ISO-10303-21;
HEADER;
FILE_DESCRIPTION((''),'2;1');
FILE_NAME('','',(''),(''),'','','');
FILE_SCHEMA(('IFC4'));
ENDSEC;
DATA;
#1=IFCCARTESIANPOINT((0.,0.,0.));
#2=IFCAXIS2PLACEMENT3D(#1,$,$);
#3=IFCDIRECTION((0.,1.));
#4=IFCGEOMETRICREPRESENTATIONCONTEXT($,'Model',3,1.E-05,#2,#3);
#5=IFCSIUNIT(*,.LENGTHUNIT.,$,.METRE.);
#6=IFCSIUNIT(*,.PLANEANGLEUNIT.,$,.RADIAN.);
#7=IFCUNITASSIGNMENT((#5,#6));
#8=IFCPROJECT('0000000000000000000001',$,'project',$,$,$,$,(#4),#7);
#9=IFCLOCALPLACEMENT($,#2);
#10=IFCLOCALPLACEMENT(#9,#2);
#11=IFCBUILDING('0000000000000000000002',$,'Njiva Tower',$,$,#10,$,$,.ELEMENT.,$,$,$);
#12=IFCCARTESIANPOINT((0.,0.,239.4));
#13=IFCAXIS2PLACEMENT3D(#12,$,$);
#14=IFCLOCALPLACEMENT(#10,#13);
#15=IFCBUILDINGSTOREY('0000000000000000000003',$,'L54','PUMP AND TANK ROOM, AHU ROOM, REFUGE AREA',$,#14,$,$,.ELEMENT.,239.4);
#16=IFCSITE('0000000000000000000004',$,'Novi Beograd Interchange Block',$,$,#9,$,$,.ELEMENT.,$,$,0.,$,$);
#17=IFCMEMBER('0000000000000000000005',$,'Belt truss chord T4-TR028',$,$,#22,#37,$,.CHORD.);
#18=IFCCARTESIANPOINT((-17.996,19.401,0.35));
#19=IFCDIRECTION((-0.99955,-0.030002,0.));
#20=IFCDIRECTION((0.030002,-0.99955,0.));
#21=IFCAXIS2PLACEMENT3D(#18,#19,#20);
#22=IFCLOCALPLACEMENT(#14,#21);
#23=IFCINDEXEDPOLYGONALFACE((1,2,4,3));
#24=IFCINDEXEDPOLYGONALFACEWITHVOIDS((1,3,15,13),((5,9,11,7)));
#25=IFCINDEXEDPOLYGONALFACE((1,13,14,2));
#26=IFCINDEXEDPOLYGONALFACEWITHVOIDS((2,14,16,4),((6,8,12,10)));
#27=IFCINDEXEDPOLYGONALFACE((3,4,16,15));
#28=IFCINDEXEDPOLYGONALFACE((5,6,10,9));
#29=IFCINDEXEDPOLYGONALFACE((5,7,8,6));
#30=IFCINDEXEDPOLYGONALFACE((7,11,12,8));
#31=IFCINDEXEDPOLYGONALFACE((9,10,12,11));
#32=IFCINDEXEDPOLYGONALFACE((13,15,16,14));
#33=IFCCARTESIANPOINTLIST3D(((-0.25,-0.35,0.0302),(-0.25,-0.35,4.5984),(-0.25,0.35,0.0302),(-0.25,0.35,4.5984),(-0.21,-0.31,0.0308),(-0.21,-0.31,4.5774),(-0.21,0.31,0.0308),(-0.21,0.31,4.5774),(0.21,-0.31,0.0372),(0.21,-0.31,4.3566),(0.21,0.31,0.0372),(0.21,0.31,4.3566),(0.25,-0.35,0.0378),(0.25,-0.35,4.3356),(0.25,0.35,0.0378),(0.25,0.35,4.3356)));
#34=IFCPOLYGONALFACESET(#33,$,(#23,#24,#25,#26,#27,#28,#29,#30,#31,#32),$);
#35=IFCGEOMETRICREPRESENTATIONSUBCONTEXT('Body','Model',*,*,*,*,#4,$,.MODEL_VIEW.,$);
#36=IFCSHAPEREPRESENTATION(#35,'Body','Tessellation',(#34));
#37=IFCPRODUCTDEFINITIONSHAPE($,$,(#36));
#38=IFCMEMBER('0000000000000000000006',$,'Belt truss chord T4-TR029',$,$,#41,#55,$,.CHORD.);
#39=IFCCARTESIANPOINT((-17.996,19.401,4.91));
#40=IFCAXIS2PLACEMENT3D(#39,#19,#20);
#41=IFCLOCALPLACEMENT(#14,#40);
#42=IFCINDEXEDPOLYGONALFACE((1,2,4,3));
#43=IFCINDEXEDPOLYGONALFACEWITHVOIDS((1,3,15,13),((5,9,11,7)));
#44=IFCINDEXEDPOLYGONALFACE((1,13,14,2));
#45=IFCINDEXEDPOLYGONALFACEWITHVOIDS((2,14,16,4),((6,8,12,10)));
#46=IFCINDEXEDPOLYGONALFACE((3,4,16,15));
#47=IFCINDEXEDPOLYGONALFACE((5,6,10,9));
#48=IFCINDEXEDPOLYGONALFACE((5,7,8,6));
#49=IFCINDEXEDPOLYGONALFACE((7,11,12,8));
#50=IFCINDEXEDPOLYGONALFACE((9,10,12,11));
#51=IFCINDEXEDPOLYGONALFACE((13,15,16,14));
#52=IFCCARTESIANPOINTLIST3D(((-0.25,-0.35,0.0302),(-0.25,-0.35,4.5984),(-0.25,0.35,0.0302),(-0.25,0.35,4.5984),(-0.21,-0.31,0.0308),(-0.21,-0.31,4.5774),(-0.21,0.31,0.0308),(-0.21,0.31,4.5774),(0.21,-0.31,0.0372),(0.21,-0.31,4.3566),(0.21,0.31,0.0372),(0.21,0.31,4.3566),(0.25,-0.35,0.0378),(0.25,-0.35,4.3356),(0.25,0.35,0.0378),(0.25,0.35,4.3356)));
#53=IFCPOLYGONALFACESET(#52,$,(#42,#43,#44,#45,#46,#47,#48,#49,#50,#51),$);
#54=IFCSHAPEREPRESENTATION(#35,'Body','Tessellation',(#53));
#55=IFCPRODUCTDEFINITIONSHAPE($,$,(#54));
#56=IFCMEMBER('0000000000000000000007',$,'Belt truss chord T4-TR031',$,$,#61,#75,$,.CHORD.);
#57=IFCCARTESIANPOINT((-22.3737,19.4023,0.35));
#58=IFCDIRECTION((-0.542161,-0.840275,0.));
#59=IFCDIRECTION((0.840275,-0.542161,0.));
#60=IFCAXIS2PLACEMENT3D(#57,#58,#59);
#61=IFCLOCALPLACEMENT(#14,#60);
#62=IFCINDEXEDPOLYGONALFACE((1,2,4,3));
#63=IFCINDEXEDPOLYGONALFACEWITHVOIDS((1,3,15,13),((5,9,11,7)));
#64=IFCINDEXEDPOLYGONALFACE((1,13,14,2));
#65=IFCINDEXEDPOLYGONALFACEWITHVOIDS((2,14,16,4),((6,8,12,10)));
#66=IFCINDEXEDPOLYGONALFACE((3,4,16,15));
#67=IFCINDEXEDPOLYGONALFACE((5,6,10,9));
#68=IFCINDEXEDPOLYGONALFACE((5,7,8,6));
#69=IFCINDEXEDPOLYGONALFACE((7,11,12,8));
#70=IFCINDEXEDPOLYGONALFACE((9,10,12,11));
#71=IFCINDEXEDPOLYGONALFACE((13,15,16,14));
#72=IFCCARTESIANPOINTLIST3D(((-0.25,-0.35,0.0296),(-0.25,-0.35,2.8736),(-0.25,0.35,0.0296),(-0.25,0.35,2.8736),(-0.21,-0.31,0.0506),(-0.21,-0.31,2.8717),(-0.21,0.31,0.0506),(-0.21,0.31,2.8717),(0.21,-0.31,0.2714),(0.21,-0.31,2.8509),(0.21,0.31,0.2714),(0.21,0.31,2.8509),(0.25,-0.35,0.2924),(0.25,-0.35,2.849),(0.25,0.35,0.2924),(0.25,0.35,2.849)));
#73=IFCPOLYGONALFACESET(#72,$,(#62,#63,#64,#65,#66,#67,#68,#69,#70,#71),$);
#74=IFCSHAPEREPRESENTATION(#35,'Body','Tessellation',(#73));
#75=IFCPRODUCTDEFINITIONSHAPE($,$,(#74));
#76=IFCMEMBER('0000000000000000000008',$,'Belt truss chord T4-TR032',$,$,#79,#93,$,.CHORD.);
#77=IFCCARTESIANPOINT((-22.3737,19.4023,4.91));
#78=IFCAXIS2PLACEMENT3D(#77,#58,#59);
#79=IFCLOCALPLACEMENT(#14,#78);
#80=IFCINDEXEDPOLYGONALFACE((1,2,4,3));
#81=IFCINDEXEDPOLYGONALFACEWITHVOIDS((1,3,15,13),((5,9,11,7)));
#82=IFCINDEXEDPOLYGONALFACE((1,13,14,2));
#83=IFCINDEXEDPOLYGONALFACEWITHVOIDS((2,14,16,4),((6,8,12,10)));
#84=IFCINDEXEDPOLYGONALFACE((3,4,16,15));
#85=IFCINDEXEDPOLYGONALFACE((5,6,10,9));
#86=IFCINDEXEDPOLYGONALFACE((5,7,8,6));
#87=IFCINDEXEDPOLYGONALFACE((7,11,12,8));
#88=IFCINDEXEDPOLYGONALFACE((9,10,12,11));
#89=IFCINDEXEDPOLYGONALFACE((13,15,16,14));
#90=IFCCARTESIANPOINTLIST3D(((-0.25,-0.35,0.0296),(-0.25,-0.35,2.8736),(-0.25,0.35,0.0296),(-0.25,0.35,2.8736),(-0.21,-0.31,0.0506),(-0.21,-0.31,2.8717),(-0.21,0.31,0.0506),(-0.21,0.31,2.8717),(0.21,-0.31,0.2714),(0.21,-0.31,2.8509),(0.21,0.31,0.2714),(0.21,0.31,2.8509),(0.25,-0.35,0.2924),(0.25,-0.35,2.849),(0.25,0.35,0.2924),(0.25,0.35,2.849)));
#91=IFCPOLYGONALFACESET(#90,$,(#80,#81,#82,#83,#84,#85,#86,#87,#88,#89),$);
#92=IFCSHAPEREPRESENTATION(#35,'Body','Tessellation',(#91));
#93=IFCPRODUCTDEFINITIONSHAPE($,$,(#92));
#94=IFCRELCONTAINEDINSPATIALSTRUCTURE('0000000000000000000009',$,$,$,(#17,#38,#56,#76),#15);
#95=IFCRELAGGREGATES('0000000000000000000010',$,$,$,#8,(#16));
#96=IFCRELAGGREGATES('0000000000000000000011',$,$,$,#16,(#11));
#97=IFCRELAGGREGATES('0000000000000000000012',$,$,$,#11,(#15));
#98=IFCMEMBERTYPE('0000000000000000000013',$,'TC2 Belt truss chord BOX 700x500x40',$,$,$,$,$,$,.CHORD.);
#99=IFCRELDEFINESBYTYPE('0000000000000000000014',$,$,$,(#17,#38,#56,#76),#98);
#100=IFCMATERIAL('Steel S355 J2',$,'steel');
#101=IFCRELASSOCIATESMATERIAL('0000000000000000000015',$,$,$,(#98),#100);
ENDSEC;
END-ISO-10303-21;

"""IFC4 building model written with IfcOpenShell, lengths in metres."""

from ifc_helpers import new_model, si_unit, direction, frame, origin, origin_2d, place, context, subcontext, project, spatial, hollow_rectangle, extrude, clip, halfspace, material, material_profile, profile_set, type_object, element, save


model = new_model("IFC4")

# Units and contexts
model_context = context("Model", 3, precision=1e-05, world=origin(), true_north=direction((0.0, 1.0)))
body_context = subcontext(model_context, "Body", "Model", "MODEL_VIEW")
ifc_project = project(units=[si_unit("LENGTHUNIT", "METRE"), si_unit("PLANEANGLEUNIT", "RADIAN")], contexts=[model_context])

# Site, building, storey
site_placement = place(None, origin())
site = spatial("IfcSite", under=ifc_project, at=site_placement, Name="Novi Beograd Interchange Block", CompositionType="ELEMENT", RefElevation=0.0)
building_placement = place(site_placement, origin())
building = spatial("IfcBuilding", under=site, at=building_placement, Name="Njiva Tower", CompositionType="ELEMENT")
storey_placement = place(building_placement, frame((0.0, 0.0, 239.4)))
storey = spatial("IfcBuildingStorey", under=building, at=storey_placement, Name="L54", Description="PUMP AND TANK ROOM, AHU ROOM, REFUGE AREA", CompositionType="ELEMENT", Elevation=239.4)

# Shared definitions
ifc_material_1 = material(Name="Steel S355 J2", Category="steel")

# Members
ifc_material_profile_1 = material_profile(ifc_material_1, hollow_rectangle(XDim=0.5, YDim=0.7, WallThickness=0.04, at=origin_2d()), Name="BOX 700x500x40")
ifc_profile_set_1 = profile_set([ifc_material_profile_1], Name="Steel S355 J2")
member_type_1 = type_object("IfcMemberType", Name="TC2 Belt truss chord BOX 700x500x40", PredefinedType="CHORD", material=ifc_profile_set_1)
member_1_placement = place(storey_placement, frame((-17.996, 19.401, 0.35), z_axis=(-0.99955, -0.030002, 0.0), x_axis=(0.030002, -0.99955, 0.0)))
element("IfcMember", 1, at=member_1_placement, inside=storey, type_object=member_type_1, Name="Belt truss chord T4-TR028", PredefinedType="CHORD", context=body_context, shape_type="Clipping", body=[
    clip(clip(extrude(hollow_rectangle(XDim=0.5, YDim=0.7, WallThickness=0.04, at=origin_2d()), origin(), (0.0, 0.0, 1.0), 4.628), halfspace(frame((0.0, -239.75, 0.034), z_axis=(0.015006, 0.0, -0.999887), x_axis=(0.0, -1.0, 0.0)), False)), halfspace(frame((0.0, -239.75, 4.467), z_axis=(0.465233, 0.0, 0.885188), x_axis=(0.0, 1.0, 0.0)), False)),
])
member_2_placement = place(storey_placement, frame((-17.996, 19.401, 4.91), z_axis=(-0.99955, -0.030002, 0.0), x_axis=(0.030002, -0.99955, 0.0)))
element("IfcMember", 2, at=member_2_placement, inside=storey, type_object=member_type_1, Name="Belt truss chord T4-TR029", PredefinedType="CHORD", context=body_context, shape_type="Clipping", body=[
    clip(clip(extrude(hollow_rectangle(XDim=0.5, YDim=0.7, WallThickness=0.04, at=origin_2d()), origin(), (0.0, 0.0, 1.0), 4.628), halfspace(frame((0.0, -244.31, 0.034), z_axis=(0.015006, 0.0, -0.999887), x_axis=(0.0, -1.0, 0.0)), False)), halfspace(frame((0.0, -244.31, 4.467), z_axis=(0.465233, 0.0, 0.885188), x_axis=(0.0, 1.0, 0.0)), False)),
])
member_3_placement = place(storey_placement, frame((-22.3737, 19.4023, 0.35), z_axis=(-0.542161, -0.840275, 0.0), x_axis=(0.840275, -0.542161, 0.0)))
element("IfcMember", 3, at=member_3_placement, inside=storey, type_object=member_type_1, Name="Belt truss chord T4-TR031", PredefinedType="CHORD", context=body_context, shape_type="Clipping", body=[
    clip(clip(extrude(hollow_rectangle(XDim=0.5, YDim=0.7, WallThickness=0.04, at=origin_2d()), origin(), (0.0, 0.0, 1.0), 2.9033), halfspace(frame((0.0, -239.75, 0.161), z_axis=(0.465222, 0.0, -0.885194), x_axis=(0.0, -1.0, 0.0)), False)), halfspace(frame((0.0, -239.75, 2.8613), z_axis=(0.049273, 0.0, 0.998785), x_axis=(0.0, 1.0, 0.0)), False)),
])
member_4_placement = place(storey_placement, frame((-22.3737, 19.4023, 4.91), z_axis=(-0.542161, -0.840275, 0.0), x_axis=(0.840275, -0.542161, 0.0)))
element("IfcMember", 4, at=member_4_placement, inside=storey, type_object=member_type_1, Name="Belt truss chord T4-TR032", PredefinedType="CHORD", context=body_context, shape_type="Clipping", body=[
    clip(clip(extrude(hollow_rectangle(XDim=0.5, YDim=0.7, WallThickness=0.04, at=origin_2d()), origin(), (0.0, 0.0, 1.0), 2.9033), halfspace(frame((0.0, -244.31, 0.161), z_axis=(0.465222, 0.0, -0.885194), x_axis=(0.0, -1.0, 0.0)), False)), halfspace(frame((0.0, -244.31, 2.8613), z_axis=(0.049273, 0.0, 0.998785), x_axis=(0.0, 1.0, 0.0)), False)),
])

save(model, "model.ifc")
